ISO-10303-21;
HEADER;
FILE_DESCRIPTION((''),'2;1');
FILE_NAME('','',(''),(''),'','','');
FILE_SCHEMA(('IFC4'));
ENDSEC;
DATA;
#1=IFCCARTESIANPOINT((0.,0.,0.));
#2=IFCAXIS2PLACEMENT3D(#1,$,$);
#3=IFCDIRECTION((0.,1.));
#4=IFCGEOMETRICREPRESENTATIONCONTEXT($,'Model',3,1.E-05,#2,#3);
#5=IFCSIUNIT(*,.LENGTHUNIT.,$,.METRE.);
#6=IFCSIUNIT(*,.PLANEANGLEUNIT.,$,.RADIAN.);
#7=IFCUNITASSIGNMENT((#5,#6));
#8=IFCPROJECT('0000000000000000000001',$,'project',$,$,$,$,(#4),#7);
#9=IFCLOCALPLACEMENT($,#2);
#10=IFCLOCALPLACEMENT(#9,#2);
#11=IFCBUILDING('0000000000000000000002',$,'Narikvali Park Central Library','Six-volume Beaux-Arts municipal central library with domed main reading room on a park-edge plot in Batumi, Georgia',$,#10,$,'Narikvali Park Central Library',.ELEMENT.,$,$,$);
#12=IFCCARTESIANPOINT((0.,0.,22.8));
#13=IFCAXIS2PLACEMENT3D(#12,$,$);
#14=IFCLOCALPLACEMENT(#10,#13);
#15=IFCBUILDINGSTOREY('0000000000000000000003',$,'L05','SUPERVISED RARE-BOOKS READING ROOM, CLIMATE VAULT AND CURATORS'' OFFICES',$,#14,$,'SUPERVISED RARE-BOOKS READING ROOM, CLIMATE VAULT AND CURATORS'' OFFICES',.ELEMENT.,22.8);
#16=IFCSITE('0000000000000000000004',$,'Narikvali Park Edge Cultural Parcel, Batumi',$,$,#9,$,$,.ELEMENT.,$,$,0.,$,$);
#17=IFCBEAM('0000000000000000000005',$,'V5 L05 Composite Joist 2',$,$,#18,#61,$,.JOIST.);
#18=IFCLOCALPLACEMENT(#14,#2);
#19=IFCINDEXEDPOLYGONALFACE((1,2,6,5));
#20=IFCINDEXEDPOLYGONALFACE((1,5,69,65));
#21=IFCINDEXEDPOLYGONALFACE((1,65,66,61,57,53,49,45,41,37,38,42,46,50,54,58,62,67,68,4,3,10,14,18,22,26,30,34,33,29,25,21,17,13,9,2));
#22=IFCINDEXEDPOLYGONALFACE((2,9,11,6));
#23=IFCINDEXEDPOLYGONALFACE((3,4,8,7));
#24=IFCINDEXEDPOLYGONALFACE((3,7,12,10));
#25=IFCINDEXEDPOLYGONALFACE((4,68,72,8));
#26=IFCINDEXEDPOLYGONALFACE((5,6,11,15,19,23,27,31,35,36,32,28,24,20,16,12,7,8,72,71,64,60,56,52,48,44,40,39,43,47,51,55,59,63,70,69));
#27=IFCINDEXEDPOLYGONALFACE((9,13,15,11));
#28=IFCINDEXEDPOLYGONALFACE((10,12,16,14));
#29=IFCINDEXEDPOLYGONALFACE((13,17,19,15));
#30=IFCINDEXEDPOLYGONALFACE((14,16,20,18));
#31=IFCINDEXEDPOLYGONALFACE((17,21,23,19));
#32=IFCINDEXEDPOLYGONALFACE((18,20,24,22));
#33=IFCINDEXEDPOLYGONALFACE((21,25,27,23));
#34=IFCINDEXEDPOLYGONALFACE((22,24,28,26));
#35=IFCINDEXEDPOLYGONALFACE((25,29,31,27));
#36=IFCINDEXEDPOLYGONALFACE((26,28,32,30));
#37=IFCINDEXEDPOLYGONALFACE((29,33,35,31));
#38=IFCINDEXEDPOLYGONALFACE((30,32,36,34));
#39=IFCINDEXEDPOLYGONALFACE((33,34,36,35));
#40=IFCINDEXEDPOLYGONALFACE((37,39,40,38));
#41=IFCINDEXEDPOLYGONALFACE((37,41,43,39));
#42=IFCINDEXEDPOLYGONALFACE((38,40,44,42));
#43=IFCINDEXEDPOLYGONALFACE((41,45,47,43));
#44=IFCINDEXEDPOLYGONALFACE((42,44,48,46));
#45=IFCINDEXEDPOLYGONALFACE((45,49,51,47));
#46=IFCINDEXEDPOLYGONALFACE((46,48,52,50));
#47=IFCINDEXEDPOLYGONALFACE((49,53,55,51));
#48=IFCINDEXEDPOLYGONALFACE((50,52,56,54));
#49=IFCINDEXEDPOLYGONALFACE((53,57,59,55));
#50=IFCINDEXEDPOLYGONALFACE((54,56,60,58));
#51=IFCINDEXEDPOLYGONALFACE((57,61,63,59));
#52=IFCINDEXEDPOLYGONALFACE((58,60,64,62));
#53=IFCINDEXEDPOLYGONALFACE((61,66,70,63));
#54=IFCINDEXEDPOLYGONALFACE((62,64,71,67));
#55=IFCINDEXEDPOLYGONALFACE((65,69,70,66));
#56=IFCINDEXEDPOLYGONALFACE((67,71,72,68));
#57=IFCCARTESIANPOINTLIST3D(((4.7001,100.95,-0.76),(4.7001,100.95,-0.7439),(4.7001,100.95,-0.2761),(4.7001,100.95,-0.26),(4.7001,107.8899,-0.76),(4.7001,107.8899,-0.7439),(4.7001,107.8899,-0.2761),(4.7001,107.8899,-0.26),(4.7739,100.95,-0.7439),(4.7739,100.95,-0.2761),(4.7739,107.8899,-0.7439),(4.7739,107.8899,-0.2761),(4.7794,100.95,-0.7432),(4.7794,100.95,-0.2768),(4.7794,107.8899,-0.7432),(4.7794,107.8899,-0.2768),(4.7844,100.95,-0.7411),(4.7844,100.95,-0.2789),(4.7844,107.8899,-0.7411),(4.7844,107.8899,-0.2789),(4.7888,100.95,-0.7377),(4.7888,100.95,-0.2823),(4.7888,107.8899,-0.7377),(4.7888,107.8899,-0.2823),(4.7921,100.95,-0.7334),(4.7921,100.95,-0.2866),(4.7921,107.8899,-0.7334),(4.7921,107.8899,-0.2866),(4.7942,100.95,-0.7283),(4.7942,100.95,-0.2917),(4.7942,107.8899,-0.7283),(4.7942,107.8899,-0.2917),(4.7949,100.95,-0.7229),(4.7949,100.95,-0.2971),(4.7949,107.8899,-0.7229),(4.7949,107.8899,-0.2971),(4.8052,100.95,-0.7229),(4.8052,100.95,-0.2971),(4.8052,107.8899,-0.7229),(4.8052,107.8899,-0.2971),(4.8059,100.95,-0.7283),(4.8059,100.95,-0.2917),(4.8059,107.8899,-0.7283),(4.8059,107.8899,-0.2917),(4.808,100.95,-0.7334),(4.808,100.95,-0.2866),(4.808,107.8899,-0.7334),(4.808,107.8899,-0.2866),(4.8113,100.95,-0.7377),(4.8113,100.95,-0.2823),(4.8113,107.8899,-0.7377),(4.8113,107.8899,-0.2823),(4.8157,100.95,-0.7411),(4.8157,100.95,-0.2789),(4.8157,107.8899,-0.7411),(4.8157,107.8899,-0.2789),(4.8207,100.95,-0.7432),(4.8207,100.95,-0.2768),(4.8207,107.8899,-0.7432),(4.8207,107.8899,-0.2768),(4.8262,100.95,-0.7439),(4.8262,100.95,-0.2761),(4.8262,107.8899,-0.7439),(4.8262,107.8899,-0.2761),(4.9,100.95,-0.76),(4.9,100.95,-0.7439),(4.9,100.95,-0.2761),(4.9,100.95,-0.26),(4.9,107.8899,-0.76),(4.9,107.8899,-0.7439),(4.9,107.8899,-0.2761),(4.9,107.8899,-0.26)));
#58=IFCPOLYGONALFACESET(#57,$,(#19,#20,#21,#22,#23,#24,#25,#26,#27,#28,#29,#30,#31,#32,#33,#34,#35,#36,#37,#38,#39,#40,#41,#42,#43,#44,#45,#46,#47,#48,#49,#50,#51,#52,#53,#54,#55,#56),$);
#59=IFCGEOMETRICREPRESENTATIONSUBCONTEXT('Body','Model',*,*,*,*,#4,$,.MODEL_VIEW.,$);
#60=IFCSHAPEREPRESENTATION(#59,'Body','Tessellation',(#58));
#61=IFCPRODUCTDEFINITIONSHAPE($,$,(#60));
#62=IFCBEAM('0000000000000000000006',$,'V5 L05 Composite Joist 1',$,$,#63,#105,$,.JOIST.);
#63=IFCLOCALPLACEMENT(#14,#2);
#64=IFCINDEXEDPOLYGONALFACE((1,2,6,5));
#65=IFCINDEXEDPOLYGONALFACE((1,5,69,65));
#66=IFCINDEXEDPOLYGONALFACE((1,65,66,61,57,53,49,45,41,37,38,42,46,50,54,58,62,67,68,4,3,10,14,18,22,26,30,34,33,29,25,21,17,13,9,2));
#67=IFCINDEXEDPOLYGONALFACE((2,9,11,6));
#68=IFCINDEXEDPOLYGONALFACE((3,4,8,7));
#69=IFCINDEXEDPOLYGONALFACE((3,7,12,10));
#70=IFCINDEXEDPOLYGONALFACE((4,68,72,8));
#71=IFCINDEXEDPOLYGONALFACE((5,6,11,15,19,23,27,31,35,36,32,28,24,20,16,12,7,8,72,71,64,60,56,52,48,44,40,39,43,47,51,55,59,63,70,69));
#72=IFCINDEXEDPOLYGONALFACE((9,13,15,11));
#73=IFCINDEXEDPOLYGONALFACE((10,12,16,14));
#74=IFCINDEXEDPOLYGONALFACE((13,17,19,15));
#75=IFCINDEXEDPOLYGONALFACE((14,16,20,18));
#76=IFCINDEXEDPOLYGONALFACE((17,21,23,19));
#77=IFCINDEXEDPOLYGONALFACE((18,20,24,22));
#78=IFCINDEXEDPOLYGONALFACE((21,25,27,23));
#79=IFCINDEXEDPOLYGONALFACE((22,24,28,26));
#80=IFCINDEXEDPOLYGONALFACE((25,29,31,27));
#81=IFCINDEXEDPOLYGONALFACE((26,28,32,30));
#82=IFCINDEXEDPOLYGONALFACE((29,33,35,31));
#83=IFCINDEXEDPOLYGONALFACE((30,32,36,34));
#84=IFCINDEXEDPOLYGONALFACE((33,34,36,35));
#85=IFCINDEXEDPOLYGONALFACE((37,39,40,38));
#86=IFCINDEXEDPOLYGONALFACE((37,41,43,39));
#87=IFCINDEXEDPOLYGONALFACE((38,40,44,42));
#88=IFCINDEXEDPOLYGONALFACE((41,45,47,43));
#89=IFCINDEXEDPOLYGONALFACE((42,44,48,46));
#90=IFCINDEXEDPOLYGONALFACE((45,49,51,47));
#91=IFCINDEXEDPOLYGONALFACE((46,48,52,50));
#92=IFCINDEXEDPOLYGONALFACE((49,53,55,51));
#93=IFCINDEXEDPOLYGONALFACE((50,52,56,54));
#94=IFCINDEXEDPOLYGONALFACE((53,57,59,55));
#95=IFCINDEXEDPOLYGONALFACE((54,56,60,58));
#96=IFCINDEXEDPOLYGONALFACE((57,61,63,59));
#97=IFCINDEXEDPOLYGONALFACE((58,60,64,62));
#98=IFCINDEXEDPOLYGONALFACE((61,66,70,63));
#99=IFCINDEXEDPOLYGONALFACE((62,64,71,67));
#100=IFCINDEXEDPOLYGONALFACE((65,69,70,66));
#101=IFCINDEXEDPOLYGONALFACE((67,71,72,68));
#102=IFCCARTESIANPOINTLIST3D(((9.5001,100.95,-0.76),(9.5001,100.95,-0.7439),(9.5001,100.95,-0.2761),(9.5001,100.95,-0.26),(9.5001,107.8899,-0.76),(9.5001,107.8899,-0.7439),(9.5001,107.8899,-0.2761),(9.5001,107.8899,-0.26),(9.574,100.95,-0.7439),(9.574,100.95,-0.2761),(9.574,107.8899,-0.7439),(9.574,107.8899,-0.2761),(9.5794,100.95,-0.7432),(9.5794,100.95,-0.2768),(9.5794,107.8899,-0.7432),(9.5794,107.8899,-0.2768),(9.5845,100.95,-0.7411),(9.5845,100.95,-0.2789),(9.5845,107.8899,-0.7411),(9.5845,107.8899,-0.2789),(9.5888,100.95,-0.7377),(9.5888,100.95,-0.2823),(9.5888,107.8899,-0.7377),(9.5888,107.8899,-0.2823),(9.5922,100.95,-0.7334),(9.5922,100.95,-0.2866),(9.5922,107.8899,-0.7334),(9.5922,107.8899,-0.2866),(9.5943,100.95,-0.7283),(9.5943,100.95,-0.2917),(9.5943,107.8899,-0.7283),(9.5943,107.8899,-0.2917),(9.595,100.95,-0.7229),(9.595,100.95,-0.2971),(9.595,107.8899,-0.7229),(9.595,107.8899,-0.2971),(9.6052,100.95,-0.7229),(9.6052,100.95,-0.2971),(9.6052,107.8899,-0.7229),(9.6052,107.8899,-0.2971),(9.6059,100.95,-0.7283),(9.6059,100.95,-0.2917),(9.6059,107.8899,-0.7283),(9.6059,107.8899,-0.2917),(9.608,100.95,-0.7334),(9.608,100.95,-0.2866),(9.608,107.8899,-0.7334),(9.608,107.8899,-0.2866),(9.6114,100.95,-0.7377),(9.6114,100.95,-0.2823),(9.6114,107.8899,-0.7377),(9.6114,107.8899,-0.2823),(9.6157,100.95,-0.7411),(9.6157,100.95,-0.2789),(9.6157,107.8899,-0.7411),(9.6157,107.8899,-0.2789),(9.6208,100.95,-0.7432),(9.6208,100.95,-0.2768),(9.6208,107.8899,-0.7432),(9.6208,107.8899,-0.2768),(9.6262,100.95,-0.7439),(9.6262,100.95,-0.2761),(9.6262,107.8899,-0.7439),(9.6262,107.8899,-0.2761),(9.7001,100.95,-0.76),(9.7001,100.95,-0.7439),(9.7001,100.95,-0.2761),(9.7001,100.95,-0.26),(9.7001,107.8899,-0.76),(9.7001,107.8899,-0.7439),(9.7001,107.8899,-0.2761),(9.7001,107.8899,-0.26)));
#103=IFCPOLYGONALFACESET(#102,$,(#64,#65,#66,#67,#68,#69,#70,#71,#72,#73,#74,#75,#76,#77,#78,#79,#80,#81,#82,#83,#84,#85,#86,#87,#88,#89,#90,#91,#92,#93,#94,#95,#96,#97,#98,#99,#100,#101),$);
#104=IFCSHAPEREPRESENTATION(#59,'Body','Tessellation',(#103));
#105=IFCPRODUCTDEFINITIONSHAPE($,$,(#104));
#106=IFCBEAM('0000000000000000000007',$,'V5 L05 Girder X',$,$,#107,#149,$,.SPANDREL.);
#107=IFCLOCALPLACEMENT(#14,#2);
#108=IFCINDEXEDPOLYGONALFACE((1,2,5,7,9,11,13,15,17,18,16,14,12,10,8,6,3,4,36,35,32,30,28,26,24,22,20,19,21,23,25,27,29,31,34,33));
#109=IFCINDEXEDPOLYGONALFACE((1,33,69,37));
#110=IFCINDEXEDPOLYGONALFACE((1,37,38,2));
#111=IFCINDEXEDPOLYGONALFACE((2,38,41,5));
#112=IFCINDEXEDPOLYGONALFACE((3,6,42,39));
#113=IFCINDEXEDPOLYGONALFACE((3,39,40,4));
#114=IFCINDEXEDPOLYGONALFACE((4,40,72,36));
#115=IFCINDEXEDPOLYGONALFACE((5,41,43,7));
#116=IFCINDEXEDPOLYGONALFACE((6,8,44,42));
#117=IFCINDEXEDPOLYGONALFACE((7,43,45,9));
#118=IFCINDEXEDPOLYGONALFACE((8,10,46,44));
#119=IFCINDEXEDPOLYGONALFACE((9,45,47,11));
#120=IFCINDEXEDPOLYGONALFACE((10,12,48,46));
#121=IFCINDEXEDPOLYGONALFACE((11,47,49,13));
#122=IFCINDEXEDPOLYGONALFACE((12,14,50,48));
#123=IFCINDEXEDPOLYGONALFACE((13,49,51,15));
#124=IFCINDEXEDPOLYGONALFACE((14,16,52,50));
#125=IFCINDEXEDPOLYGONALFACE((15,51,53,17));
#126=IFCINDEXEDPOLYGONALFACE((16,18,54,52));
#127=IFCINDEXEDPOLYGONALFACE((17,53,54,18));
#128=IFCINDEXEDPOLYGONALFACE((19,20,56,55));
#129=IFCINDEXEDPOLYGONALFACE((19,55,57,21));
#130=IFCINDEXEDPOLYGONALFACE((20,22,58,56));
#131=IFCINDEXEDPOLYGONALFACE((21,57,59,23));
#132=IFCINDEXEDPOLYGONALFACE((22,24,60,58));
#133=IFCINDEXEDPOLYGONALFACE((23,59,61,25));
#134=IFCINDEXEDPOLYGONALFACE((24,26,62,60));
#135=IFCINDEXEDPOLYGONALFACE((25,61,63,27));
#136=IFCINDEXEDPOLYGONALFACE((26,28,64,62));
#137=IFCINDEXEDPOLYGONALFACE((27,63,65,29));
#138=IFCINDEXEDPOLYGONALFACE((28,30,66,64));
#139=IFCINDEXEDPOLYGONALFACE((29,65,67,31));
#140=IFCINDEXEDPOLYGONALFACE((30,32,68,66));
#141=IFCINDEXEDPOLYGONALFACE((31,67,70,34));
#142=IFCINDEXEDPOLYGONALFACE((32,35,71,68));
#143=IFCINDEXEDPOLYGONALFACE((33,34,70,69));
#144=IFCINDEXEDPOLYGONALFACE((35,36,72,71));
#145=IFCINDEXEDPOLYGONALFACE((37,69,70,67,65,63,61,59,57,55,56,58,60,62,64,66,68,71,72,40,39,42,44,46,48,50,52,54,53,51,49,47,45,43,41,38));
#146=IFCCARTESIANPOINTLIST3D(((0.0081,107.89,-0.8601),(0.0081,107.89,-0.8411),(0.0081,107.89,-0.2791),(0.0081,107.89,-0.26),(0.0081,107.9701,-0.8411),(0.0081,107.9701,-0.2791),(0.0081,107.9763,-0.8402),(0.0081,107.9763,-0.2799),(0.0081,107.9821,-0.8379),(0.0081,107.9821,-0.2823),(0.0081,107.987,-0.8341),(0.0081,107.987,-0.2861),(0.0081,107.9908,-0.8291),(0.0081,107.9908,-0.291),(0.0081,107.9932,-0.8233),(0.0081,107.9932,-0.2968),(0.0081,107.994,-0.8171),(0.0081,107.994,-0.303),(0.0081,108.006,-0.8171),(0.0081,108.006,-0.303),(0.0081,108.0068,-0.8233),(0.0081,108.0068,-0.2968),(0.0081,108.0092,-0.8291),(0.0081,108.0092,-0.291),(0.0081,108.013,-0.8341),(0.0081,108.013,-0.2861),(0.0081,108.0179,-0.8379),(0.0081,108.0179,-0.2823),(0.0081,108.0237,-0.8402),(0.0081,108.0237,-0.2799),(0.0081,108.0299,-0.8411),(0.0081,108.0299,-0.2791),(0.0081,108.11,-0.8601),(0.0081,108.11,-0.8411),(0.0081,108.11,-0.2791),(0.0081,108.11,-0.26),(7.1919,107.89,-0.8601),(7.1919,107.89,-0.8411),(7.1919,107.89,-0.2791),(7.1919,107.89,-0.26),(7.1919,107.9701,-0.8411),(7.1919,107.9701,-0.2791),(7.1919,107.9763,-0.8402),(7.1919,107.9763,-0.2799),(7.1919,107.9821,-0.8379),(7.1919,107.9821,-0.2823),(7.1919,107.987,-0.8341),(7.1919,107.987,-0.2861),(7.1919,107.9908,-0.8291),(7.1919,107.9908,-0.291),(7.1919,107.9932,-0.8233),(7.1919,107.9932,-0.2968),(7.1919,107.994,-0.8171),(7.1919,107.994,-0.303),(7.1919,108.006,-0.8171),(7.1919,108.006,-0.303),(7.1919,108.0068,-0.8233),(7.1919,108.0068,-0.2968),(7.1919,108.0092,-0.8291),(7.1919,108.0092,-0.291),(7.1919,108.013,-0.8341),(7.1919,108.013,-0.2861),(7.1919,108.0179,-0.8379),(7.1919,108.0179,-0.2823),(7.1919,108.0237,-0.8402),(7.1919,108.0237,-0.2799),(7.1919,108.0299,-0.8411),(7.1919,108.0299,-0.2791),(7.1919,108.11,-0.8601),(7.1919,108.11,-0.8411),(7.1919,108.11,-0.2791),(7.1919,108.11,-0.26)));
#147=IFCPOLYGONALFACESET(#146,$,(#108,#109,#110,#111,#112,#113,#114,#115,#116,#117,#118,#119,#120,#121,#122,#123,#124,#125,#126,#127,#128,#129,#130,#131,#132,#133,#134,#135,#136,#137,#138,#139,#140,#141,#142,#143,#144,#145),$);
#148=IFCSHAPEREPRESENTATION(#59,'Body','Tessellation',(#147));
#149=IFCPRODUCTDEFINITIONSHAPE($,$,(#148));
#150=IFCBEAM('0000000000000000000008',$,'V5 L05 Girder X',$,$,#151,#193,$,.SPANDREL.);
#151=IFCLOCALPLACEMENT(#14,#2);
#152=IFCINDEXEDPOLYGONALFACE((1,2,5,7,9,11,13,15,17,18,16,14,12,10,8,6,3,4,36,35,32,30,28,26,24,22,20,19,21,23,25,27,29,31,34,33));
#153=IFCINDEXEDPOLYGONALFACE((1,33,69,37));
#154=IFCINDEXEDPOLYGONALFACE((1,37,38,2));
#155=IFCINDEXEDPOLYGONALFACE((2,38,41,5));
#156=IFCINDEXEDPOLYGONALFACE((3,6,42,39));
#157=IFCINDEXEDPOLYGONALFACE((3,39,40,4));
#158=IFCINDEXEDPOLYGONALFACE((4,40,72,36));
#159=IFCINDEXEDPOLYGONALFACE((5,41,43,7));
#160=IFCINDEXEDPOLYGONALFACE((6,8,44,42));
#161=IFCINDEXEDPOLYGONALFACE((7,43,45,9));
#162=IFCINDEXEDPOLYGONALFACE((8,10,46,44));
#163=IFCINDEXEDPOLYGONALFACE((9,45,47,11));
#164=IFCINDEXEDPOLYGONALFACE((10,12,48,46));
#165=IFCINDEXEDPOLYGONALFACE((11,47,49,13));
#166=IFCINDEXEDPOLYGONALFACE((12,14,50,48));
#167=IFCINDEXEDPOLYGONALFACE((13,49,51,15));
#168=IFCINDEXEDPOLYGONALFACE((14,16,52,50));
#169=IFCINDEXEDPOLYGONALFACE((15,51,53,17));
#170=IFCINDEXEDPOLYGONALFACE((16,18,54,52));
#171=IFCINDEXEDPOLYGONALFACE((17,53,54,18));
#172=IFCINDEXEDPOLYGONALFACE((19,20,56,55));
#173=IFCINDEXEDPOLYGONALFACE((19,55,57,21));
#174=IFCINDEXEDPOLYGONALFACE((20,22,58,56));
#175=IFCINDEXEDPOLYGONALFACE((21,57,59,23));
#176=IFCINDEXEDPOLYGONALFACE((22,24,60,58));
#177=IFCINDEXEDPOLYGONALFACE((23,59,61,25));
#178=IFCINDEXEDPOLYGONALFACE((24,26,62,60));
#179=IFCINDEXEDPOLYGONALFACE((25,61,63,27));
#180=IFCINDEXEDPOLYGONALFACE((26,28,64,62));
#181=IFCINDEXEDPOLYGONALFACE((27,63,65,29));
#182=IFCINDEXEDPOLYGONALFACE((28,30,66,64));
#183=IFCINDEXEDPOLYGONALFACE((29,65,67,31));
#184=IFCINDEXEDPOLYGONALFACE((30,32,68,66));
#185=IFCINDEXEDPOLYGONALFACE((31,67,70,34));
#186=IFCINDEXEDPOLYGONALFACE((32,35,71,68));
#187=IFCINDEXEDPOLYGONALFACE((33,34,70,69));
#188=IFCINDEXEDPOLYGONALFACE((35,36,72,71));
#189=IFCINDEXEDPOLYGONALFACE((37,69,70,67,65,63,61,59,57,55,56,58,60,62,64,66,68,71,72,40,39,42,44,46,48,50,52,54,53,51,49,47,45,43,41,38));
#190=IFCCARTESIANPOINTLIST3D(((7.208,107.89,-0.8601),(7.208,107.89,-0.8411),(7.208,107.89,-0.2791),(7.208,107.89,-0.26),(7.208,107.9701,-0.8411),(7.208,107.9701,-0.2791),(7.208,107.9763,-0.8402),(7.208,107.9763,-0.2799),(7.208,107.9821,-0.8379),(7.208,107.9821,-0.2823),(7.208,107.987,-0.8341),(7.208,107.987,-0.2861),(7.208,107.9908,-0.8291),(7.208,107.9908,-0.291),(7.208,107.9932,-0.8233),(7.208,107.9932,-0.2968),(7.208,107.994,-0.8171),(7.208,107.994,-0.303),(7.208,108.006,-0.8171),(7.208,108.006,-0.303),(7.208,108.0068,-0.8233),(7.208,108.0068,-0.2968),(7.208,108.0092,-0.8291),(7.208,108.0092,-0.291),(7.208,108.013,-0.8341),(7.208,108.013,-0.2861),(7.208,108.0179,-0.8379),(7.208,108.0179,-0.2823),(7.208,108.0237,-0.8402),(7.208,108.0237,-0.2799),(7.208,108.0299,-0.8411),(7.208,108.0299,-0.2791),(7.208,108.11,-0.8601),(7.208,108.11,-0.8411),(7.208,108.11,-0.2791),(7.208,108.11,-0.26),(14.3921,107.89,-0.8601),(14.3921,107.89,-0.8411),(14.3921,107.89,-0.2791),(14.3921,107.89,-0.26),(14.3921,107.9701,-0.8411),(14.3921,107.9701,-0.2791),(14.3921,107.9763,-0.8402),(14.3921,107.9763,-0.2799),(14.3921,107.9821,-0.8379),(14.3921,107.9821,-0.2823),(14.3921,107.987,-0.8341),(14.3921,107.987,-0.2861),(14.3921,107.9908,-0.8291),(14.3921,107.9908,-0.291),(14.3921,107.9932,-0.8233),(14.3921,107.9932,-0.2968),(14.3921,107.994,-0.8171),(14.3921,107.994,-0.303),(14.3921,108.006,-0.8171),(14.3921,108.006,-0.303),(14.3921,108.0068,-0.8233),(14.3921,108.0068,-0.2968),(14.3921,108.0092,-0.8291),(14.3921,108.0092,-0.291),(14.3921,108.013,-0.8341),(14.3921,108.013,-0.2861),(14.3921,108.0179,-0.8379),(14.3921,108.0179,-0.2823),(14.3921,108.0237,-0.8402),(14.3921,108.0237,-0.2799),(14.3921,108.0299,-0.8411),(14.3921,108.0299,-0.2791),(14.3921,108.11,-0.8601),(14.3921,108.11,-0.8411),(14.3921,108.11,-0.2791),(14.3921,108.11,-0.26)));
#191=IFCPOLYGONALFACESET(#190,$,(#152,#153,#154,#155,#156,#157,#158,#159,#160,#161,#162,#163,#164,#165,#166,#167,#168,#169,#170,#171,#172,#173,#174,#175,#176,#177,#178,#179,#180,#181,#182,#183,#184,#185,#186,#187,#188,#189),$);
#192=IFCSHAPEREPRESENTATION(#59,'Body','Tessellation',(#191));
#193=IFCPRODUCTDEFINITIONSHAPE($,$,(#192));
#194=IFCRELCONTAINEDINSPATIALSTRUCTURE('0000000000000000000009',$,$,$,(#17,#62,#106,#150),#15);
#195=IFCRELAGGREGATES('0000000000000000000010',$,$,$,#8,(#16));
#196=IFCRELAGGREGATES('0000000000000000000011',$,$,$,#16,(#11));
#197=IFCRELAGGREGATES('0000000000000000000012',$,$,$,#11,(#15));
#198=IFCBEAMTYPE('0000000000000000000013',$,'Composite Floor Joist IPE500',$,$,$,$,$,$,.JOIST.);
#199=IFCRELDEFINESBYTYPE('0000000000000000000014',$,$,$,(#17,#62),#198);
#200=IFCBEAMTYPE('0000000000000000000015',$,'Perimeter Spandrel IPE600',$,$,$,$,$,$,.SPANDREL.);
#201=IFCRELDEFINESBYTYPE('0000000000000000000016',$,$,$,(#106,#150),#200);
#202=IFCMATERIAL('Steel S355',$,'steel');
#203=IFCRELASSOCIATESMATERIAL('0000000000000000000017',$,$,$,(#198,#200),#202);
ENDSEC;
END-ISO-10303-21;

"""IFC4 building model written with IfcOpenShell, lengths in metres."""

from ifc_helpers import new_model, si_unit, direction, frame, origin, origin_2d, place, context, subcontext, project, spatial, i_section, extrude, material, material_profile, profile_set, type_object, element, save


model = new_model("IFC4")

# Units and contexts
model_context = context("Model", 3, precision=1e-05, world=origin(), true_north=direction((0.0, 1.0)))
body_context = subcontext(model_context, "Body", "Model", "MODEL_VIEW")
ifc_project = project(units=[si_unit("LENGTHUNIT", "METRE"), si_unit("PLANEANGLEUNIT", "RADIAN")], contexts=[model_context])

# Site, building, storey
site_placement = place(None, origin())
site = spatial("IfcSite", under=ifc_project, at=site_placement, Name="Narikvali Park Edge Cultural Parcel, Batumi", CompositionType="ELEMENT", RefElevation=0.0)
building_placement = place(site_placement, origin())
building = spatial("IfcBuilding", under=site, at=building_placement, Name="Narikvali Park Central Library", Description="Six-volume Beaux-Arts municipal central library with domed main reading room on a park-edge plot in Batumi, Georgia", LongName="Narikvali Park Central Library", CompositionType="ELEMENT")
storey_placement = place(building_placement, frame((0.0, 0.0, 22.8)))
storey = spatial("IfcBuildingStorey", under=building, at=storey_placement, Name="L05", Description="SUPERVISED RARE-BOOKS READING ROOM, CLIMATE VAULT AND CURATORS' OFFICES", LongName="SUPERVISED RARE-BOOKS READING ROOM, CLIMATE VAULT AND CURATORS' OFFICES", CompositionType="ELEMENT", Elevation=22.8)

# Shared definitions
ifc_material_1 = material(Name="Steel S355", Category="steel")

# Beams
ifc_material_profile_1 = material_profile(ifc_material_1, i_section(OverallWidth=0.2, OverallDepth=0.5, WebThickness=0.0103, FlangeThickness=0.0161, FilletRadius=0.021, at=origin_2d()), Name="IPE 500")
ifc_profile_set_1 = profile_set([ifc_material_profile_1], Name="Steel S355")
beam_type_1 = type_object("IfcBeamType", Name="Composite Floor Joist IPE500", PredefinedType="JOIST", material=ifc_profile_set_1)
for number, where, z_axis, x_axis, name in (
    (1, (4.8, 100.95, -0.51), (0.0, 1.0, 0.0), (-1.0, 0.0, 0.0), "V5 L05 Composite Joist 2"),
    (2, (9.6001, 100.95, -0.51), (0.0, 1.0, 0.0), (-1.0, 0.0, 0.0), "V5 L05 Composite Joist 1"),
):
    element("IfcBeam", number, at=place(storey_placement, frame(where, z_axis=z_axis, x_axis=x_axis)), inside=storey, type_object=beam_type_1, Name=name, PredefinedType="JOIST", context=body_context, shape_type="SweptSolid", body=[
        extrude(i_section(OverallWidth=0.2, OverallDepth=0.5, WebThickness=0.0103, FlangeThickness=0.0161, FilletRadius=0.021, at=origin_2d()), origin(), (0.0, 0.0, 1.0), 6.9399),
    ])
ifc_material_profile_2 = material_profile(ifc_material_1, i_section(OverallWidth=0.22, OverallDepth=0.6001, WebThickness=0.012, FlangeThickness=0.019, FilletRadius=0.0239, at=origin_2d()), Name="IPE 600")
ifc_profile_set_2 = profile_set([ifc_material_profile_2], Name="Steel S355")
beam_type_2 = type_object("IfcBeamType", Name="Perimeter Spandrel IPE600", PredefinedType="SPANDREL", material=ifc_profile_set_2)
beam_1_placement = place(storey_placement, frame((0.0081, 108.0, -0.5601), z_axis=(1.0, 0.0, 0.0), x_axis=(0.0, 1.0, 0.0)))
element("IfcBeam", 3, at=beam_1_placement, inside=storey, type_object=beam_type_2, Name="V5 L05 Girder X", PredefinedType="SPANDREL", context=body_context, shape_type="SweptSolid", body=[
    extrude(i_section(OverallWidth=0.22, OverallDepth=0.6001, WebThickness=0.012, FlangeThickness=0.019, FilletRadius=0.0239, at=origin_2d()), origin(), (0.0, 0.0, 1.0), 7.1838),
])
beam_2_placement = place(storey_placement, frame((7.208, 108.0, -0.5601), z_axis=(1.0, 0.0, 0.0), x_axis=(0.0, 1.0, 0.0)))
element("IfcBeam", 4, at=beam_2_placement, inside=storey, type_object=beam_type_2, Name="V5 L05 Girder X", PredefinedType="SPANDREL", context=body_context, shape_type="SweptSolid", body=[
    extrude(i_section(OverallWidth=0.22, OverallDepth=0.6001, WebThickness=0.012, FlangeThickness=0.019, FilletRadius=0.0239, at=origin_2d()), origin(), (0.0, 0.0, 1.0), 7.1841),
])

save(model, "model.ifc")
